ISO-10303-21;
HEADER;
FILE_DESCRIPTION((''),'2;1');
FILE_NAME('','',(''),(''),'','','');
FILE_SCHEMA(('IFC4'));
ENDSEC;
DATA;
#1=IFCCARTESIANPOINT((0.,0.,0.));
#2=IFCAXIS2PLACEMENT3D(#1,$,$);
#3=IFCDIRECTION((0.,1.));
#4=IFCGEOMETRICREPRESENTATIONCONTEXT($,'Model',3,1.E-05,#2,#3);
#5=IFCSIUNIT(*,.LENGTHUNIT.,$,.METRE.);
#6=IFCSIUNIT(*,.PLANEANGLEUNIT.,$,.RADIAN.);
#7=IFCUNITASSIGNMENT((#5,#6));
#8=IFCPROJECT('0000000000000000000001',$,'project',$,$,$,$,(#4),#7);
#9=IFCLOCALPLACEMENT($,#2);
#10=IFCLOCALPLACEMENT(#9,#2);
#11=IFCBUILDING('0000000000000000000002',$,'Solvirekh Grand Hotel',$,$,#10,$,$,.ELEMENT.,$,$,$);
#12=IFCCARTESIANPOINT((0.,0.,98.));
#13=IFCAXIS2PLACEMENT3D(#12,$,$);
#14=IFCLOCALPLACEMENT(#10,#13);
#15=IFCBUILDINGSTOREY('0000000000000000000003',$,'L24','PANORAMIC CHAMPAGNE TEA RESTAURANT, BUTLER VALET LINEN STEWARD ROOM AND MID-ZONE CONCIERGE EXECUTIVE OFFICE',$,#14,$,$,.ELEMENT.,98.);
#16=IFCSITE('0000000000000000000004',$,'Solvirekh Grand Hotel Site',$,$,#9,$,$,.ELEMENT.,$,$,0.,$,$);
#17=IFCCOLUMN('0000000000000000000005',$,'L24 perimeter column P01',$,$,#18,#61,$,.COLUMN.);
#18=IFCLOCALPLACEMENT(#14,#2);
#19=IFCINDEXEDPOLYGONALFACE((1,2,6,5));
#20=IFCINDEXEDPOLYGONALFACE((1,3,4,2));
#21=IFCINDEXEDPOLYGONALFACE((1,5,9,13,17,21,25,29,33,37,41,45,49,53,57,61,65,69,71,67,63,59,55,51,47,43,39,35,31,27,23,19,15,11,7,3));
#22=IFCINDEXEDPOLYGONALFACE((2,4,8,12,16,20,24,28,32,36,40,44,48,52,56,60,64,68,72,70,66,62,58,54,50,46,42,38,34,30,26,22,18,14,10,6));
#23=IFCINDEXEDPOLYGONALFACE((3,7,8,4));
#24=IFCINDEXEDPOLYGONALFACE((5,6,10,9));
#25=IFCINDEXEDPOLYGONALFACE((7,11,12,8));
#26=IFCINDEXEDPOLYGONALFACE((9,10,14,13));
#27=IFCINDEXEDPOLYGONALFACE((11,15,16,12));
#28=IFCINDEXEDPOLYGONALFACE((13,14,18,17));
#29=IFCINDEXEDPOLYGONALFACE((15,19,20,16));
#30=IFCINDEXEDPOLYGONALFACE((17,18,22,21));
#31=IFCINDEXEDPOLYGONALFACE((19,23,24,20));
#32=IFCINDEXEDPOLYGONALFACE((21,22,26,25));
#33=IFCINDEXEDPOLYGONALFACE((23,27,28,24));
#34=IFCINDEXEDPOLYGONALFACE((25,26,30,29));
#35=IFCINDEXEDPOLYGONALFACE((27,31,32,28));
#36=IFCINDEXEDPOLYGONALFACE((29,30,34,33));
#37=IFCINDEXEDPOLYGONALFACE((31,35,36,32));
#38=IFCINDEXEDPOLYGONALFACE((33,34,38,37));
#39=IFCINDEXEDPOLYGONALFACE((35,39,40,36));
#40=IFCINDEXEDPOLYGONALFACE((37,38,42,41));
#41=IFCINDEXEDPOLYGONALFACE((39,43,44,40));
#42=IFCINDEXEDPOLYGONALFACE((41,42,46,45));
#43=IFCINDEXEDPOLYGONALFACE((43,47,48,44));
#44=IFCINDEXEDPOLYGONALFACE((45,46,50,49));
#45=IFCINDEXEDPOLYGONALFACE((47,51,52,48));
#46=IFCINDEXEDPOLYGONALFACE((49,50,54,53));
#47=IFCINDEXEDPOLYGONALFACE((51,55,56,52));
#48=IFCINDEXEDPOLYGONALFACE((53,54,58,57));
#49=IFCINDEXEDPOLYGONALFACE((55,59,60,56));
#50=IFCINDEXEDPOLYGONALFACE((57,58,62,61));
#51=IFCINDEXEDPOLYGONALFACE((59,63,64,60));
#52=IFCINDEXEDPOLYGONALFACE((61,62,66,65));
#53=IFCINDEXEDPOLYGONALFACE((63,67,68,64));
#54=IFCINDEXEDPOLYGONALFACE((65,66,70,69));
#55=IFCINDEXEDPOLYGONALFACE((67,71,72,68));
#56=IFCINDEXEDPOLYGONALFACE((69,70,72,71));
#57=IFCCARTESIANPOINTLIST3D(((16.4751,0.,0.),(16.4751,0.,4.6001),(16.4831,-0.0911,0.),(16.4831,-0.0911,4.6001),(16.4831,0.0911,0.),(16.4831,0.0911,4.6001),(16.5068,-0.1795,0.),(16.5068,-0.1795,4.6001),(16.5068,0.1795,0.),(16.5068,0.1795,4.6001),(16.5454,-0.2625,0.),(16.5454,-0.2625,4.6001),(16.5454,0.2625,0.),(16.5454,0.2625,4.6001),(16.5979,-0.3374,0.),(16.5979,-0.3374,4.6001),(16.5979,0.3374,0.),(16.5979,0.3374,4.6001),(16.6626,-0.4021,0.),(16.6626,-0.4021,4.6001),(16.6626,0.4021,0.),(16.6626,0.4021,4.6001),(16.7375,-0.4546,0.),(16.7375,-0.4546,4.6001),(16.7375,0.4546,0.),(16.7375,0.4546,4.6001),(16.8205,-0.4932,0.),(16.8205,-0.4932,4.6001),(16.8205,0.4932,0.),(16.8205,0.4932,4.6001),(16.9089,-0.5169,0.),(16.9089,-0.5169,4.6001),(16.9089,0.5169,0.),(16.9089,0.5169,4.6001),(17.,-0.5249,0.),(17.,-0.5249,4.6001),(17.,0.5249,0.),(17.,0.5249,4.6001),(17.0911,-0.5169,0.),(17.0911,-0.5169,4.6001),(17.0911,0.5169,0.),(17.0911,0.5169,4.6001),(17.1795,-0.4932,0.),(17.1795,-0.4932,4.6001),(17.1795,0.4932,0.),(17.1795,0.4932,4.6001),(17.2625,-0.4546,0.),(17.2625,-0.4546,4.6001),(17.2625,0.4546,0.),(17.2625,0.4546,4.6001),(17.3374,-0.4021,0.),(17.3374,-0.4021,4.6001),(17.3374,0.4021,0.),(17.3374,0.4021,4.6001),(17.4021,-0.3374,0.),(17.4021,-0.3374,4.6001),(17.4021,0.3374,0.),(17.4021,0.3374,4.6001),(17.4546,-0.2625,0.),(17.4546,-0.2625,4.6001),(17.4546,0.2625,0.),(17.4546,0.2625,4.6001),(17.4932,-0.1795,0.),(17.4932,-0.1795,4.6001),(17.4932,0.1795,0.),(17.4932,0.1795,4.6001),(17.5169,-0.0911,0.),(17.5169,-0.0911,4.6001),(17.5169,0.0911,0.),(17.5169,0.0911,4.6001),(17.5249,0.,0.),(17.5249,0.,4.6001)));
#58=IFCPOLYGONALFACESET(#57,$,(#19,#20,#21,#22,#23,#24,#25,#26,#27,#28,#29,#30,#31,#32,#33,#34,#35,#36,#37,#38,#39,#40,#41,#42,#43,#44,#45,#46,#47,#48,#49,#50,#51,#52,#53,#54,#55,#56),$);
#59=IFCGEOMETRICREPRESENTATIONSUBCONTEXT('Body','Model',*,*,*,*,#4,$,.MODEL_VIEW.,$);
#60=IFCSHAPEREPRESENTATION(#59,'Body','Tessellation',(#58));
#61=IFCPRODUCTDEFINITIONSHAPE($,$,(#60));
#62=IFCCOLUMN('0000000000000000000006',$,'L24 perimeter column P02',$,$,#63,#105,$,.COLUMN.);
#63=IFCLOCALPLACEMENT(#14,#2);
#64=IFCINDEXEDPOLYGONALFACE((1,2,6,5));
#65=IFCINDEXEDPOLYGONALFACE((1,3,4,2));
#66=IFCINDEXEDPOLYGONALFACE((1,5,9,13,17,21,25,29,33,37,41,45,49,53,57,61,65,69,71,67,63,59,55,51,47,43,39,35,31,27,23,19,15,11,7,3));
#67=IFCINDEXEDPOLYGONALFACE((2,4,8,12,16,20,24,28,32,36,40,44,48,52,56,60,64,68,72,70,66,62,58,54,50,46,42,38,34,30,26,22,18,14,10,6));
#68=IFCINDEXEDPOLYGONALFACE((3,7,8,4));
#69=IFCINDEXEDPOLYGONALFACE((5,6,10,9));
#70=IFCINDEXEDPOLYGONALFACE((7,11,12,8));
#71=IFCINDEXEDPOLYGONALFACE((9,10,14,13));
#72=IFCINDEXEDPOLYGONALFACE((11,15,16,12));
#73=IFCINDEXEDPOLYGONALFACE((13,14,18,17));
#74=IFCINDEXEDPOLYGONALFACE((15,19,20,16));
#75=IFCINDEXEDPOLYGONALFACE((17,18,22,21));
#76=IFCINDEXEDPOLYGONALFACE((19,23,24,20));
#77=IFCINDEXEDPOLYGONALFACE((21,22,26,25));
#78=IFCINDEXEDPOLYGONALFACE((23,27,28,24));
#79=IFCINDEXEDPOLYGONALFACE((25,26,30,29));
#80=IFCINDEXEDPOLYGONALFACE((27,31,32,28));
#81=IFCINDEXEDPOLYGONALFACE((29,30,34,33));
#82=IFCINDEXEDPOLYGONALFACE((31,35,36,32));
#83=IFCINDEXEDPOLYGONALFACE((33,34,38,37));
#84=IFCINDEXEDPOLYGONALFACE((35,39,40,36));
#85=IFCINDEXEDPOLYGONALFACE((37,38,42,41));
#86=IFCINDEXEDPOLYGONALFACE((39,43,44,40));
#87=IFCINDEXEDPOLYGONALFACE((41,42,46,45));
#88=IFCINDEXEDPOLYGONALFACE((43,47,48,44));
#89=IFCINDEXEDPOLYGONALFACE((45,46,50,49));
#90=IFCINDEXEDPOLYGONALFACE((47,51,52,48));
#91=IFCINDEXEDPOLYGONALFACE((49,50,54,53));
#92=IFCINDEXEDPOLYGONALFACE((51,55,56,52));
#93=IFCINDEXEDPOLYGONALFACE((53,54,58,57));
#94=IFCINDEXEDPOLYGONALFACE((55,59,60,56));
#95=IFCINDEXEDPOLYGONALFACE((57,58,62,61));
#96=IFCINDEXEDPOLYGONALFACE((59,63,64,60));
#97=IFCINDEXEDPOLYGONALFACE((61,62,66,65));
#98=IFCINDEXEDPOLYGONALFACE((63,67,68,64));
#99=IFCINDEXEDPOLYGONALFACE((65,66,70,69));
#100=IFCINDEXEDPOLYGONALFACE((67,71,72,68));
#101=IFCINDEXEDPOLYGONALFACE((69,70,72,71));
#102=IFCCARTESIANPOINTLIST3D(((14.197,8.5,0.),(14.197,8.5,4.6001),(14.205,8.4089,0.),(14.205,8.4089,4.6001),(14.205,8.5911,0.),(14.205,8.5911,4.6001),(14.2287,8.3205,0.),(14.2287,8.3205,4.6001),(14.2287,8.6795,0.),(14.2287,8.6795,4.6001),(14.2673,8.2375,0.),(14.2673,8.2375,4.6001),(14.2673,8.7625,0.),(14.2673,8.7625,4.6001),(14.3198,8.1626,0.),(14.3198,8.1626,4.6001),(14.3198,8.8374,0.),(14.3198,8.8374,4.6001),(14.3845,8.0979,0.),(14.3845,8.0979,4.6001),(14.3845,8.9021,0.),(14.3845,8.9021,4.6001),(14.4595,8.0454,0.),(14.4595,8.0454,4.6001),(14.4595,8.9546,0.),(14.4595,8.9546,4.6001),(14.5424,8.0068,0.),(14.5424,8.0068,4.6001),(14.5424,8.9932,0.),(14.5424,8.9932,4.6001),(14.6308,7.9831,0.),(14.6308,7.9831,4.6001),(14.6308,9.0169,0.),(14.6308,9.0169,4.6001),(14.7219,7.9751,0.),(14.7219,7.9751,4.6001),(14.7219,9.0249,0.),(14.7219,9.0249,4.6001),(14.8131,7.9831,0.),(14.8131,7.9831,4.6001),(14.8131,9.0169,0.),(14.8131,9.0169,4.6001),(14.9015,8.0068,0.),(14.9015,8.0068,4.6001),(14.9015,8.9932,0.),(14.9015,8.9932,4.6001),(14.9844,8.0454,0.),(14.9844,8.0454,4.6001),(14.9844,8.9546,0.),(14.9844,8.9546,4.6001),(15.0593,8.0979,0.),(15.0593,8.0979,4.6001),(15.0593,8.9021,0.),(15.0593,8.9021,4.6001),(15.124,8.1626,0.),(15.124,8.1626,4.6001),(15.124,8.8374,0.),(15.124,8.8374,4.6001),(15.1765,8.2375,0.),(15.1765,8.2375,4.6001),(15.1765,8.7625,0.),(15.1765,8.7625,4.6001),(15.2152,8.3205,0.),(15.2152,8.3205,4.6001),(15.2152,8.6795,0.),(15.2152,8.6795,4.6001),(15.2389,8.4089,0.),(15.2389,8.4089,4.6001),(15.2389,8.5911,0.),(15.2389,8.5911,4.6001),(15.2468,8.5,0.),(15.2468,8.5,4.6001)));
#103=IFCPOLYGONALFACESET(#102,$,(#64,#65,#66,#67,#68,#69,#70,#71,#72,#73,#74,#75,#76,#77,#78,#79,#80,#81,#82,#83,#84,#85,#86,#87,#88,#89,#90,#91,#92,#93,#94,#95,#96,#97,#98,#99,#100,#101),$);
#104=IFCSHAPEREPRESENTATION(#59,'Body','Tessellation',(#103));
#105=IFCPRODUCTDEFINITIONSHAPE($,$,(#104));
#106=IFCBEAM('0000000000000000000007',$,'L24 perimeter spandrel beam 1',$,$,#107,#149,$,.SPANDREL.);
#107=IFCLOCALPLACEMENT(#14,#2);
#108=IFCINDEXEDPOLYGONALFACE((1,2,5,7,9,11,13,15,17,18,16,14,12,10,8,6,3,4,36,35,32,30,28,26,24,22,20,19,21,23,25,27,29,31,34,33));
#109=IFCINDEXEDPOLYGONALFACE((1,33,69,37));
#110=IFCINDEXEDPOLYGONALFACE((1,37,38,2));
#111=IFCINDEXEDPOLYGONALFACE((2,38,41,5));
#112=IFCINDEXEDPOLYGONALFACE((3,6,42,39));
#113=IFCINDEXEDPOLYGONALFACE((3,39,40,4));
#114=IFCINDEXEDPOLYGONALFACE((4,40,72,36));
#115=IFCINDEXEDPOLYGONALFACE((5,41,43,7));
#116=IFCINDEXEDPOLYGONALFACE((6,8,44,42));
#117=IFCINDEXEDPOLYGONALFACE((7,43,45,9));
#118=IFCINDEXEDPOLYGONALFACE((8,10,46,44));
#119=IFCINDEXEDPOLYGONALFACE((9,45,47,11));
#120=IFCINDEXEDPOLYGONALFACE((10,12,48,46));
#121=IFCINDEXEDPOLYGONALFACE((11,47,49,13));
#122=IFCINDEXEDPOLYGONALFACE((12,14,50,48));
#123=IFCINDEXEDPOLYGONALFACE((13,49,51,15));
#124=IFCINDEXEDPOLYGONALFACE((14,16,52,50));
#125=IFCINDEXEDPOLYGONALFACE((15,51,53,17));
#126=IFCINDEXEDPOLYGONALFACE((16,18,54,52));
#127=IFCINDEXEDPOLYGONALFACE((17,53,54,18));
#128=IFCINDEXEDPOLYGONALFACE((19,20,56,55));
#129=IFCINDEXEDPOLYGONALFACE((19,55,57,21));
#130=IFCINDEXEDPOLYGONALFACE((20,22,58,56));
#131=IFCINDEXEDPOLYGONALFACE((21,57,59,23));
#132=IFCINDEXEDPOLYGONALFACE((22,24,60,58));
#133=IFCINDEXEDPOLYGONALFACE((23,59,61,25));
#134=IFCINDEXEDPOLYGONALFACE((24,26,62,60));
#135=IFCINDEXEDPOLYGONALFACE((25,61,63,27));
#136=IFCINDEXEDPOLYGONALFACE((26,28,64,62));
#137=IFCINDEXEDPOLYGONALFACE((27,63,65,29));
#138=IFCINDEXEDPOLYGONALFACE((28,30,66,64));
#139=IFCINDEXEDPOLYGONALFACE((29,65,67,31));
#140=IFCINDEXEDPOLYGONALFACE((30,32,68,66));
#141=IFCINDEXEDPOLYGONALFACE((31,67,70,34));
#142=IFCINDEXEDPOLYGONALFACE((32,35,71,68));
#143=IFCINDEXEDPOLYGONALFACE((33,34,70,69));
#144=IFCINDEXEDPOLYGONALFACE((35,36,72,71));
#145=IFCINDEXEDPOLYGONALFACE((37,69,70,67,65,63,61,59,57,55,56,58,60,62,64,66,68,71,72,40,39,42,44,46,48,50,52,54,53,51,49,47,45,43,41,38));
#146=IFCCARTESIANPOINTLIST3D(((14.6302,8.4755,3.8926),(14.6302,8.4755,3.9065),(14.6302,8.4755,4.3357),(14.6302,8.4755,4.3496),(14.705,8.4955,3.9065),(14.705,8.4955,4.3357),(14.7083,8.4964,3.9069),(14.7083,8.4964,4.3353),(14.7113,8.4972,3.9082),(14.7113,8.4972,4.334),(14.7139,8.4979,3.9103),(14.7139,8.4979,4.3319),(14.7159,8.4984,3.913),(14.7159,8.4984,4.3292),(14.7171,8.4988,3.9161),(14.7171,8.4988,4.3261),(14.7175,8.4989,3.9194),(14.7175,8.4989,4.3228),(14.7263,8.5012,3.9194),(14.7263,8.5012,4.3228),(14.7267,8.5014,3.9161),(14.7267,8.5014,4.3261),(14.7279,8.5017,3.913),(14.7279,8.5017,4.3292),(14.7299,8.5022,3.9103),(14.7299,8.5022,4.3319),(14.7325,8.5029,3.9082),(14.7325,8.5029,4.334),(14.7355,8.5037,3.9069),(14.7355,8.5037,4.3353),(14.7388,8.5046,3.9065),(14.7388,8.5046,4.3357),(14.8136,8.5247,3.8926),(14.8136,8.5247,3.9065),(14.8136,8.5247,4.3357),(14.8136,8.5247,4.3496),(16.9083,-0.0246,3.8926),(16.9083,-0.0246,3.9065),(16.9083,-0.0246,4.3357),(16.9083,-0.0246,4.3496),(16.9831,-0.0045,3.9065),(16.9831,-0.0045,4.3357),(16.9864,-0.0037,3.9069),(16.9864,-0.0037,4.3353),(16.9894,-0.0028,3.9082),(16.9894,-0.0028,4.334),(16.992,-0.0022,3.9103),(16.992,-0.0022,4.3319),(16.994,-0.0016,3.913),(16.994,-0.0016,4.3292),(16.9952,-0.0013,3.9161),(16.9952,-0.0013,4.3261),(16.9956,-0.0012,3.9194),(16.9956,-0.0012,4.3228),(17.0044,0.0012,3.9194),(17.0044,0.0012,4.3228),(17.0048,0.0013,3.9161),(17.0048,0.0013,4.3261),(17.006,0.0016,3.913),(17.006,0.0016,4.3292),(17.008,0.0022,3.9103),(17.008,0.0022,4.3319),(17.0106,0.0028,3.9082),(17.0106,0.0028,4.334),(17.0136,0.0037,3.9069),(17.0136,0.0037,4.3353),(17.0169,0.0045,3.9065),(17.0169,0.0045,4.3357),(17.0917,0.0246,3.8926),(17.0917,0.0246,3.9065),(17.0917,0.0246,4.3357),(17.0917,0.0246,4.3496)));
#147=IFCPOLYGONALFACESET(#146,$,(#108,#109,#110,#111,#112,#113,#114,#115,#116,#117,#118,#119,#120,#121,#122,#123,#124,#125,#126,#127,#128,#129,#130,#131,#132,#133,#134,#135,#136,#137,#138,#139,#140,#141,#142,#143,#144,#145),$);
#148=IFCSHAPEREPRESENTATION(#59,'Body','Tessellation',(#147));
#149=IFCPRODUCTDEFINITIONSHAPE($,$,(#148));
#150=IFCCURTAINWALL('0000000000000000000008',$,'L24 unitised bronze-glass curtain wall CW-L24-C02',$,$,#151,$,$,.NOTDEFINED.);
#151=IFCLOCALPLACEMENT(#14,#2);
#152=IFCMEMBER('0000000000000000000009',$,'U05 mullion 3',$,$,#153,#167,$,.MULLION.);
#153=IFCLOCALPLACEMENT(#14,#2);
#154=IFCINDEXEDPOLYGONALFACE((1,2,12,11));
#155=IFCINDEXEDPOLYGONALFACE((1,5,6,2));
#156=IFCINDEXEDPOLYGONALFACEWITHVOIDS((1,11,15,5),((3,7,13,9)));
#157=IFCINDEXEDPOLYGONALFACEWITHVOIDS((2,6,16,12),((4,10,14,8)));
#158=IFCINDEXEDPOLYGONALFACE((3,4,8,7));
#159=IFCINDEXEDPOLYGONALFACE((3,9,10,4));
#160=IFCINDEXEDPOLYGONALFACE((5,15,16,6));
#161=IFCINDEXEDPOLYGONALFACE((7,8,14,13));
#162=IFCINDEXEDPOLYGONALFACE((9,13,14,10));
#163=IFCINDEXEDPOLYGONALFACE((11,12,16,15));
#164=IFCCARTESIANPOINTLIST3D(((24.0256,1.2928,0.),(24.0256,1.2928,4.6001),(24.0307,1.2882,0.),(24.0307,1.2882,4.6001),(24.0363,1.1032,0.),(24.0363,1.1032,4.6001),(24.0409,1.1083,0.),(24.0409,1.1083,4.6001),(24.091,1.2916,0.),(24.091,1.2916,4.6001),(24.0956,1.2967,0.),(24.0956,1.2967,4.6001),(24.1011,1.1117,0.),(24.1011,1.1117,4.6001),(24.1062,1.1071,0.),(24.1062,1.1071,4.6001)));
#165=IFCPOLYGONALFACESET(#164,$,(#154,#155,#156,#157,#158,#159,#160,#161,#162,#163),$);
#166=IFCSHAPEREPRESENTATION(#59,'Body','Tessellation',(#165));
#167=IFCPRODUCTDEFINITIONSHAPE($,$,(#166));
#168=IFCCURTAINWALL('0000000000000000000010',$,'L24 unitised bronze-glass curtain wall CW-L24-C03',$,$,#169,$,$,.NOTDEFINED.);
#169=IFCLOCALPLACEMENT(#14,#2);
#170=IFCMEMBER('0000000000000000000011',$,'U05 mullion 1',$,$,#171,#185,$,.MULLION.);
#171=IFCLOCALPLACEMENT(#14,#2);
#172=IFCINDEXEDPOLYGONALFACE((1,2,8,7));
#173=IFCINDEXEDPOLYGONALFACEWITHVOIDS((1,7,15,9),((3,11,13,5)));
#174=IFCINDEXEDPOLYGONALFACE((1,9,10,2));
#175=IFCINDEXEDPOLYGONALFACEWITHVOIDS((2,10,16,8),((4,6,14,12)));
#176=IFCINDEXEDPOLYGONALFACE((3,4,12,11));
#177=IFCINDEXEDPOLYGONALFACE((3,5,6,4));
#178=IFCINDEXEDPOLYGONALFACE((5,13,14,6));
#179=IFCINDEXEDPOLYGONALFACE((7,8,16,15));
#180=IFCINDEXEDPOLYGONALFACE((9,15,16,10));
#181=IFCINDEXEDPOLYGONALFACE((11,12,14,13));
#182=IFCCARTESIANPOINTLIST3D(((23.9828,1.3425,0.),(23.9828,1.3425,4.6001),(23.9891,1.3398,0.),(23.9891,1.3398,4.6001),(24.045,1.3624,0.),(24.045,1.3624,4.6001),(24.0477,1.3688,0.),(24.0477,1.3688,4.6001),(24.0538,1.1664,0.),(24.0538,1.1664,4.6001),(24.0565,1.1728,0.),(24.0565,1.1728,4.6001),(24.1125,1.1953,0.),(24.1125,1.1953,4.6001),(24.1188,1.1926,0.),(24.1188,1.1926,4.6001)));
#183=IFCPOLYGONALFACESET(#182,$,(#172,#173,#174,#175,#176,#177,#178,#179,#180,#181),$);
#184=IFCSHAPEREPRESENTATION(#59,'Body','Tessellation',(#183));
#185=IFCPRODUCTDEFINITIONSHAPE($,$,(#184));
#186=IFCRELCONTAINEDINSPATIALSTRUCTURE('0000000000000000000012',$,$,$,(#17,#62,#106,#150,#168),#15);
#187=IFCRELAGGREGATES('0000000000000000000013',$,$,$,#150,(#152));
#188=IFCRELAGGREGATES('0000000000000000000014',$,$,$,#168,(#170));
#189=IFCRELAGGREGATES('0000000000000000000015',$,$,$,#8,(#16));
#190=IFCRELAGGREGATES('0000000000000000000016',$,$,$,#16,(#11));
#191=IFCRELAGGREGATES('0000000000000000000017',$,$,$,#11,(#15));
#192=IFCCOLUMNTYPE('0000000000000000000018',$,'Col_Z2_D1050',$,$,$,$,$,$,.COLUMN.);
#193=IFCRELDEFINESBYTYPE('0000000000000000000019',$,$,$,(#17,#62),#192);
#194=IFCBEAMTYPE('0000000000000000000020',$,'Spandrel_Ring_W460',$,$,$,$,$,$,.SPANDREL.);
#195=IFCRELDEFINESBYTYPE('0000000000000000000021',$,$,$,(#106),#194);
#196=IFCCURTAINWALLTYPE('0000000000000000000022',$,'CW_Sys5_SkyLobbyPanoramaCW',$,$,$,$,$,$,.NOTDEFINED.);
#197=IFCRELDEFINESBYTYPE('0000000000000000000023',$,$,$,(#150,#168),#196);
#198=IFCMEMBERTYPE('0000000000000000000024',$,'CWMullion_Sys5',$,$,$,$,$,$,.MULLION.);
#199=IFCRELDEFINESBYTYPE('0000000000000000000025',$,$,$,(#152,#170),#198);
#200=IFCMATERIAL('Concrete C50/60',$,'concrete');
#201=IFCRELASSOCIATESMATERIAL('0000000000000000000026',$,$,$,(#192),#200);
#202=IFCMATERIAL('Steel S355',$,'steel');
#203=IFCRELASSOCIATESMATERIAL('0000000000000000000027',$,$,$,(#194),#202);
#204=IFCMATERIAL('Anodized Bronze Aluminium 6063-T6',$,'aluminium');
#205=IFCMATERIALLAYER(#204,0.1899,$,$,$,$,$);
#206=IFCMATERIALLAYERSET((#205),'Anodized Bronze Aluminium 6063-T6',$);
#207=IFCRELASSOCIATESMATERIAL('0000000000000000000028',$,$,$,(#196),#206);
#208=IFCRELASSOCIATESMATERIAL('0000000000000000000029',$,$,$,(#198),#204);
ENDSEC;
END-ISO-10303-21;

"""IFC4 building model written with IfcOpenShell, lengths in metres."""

from ifc_helpers import new_model, si_unit, direction, frame, origin, origin_2d, place, context, subcontext, project, spatial, hollow_rectangle, circle, i_section, extrude, source, transform, mapped, material, layer, layer_set, material_profile, profile_set, type_object, element, aggregate, save


model = new_model("IFC4")

# Units and contexts
model_context = context("Model", 3, precision=1e-05, world=origin(), true_north=direction((0.0, 1.0)))
body_context = subcontext(model_context, "Body", "Model", "MODEL_VIEW")
ifc_project = project(units=[si_unit("LENGTHUNIT", "METRE"), si_unit("PLANEANGLEUNIT", "RADIAN")], contexts=[model_context])

# Site, building, storey
site_placement = place(None, origin())
site = spatial("IfcSite", under=ifc_project, at=site_placement, Name="Solvirekh Grand Hotel Site", CompositionType="ELEMENT", RefElevation=0.0)
building_placement = place(site_placement, origin())
building = spatial("IfcBuilding", under=site, at=building_placement, Name="Solvirekh Grand Hotel", CompositionType="ELEMENT")
storey_placement = place(building_placement, frame((0.0, 0.0, 98.0)))
storey = spatial("IfcBuildingStorey", under=building, at=storey_placement, Name="L24", Description="PANORAMIC CHAMPAGNE TEA RESTAURANT, BUTLER VALET LINEN STEWARD ROOM AND MID-ZONE CONCIERGE EXECUTIVE OFFICE", CompositionType="ELEMENT", Elevation=98.0)

# Columns
ifc_material_1 = material(Name="Concrete C50/60", Category="concrete")
ifc_material_profile_1 = material_profile(ifc_material_1, circle(Radius=0.5249, at=origin_2d()), Name="RC CIRC D1050")
ifc_profile_set_1 = profile_set([ifc_material_profile_1], Name="Concrete C50/60")
column_type = type_object("IfcColumnType", Name="Col_Z2_D1050", PredefinedType="COLUMN", material=ifc_profile_set_1)
for number, where, z_axis, x_axis, name in (
    (1, (17.0, 0.0, 0.0), (0.0, 0.0, 1.0), (1.0, 0.0, 0.0), "L24 perimeter column P01"),
    (2, (14.7219, 8.5, 0.0), (0.0, 0.0, 1.0), (1.0, 0.0, 0.0), "L24 perimeter column P02"),
):
    element("IfcColumn", number, at=place(storey_placement, frame(where, z_axis=z_axis, x_axis=x_axis)), inside=storey, type_object=column_type, Name=name, PredefinedType="COLUMN", context=body_context, shape_type="SweptSolid", body=[
        extrude(circle(Radius=0.5249, at=origin_2d()), origin(), (0.0, 0.0, 1.0), 4.6001),
    ])

# Beam
ifc_material_2 = material(Name="Steel S355", Category="steel")
ifc_material_profile_2 = material_profile(ifc_material_2, i_section(OverallWidth=0.1899, OverallDepth=0.457, WebThickness=0.009, FlangeThickness=0.0139, FilletRadius=0.0129, at=origin_2d()), Name="W460X74")
ifc_profile_set_2 = profile_set([ifc_material_profile_2], Name="Steel S355")
beam_type = type_object("IfcBeamType", Name="Spandrel_Ring_W460", PredefinedType="SPANDREL", material=ifc_profile_set_2)
beam_placement = place(storey_placement, frame((17.0, 0.0, 4.1211), z_axis=(-0.258873, 0.965911, 0.0), x_axis=(-0.965911, -0.258873, 0.0)))
element("IfcBeam", 3, at=beam_placement, inside=storey, type_object=beam_type, Name="L24 perimeter spandrel beam 1", PredefinedType="SPANDREL", context=body_context, shape_type="SweptSolid", body=[
    extrude(i_section(OverallWidth=0.1899, OverallDepth=0.457, WebThickness=0.009, FlangeThickness=0.0139, FilletRadius=0.0129, at=origin_2d()), origin(), (0.0, 0.0, 1.0), 8.8),
])

# Curtain wall, member
ifc_material_3 = material(Name="Anodized Bronze Aluminium 6063-T6", Category="aluminium")
ifc_layer_1 = layer(ifc_material_3, 0.1899)
ifc_layer_set_1 = layer_set([ifc_layer_1], Name="Anodized Bronze Aluminium 6063-T6")
curtain_wall_type = type_object("IfcCurtainWallType", Name="CW_Sys5_SkyLobbyPanoramaCW", PredefinedType="NOTDEFINED", material=ifc_layer_set_1)
curtain_wall_1_placement = place(storey_placement, origin())
curtain_wall_1 = element("IfcCurtainWall", 4, at=curtain_wall_1_placement, inside=storey, type_object=curtain_wall_type, Name="L24 unitised bronze-glass curtain wall CW-L24-C02", PredefinedType="NOTDEFINED")
ifc_material_profile_3 = material_profile(ifc_material_3, hollow_rectangle(XDim=0.0701, YDim=0.1899, WallThickness=0.0049, at=origin_2d()), Name="ALU RHS 190X70X5")
ifc_profile_set_3 = profile_set([ifc_material_profile_3], Name="Anodized Bronze Aluminium 6063-T6")
member_type_1 = type_object("IfcMemberType", Name="CWMullion_Sys5", PredefinedType="MULLION", material=ifc_profile_set_3)
shared_shape_1 = source(origin(), body_context, "Body", "SweptSolid", [
    extrude(hollow_rectangle(XDim=0.0701, YDim=0.1899, WallThickness=0.0049, at=origin_2d()), origin(), (0.0, 0.0, 1.0), 4.6001),
])
member_1_placement = place(storey_placement, frame((24.0659, 1.2, 0.0), z_axis=(0.0, 0.0, 1.0), x_axis=(-0.998416, -0.056257, 0.0)))
member_1 = element("IfcMember", 5, at=member_1_placement, type_object=member_type_1, Name="U05 mullion 3", PredefinedType="MULLION", context=body_context, shape_type="MappedRepresentation", body=[
    mapped(shared_shape_1, transform((0.0, 0.0, 0.0), x_axis=(1.0, 0.0, 0.0), y_axis=(0.0, 1.0, 0.0), z_axis=(0.0, 0.0, 1.0), scale=1.0)),
])

# Curtain wall, member
curtain_wall_2_placement = place(storey_placement, origin())
curtain_wall_2 = element("IfcCurtainWall", 6, at=curtain_wall_2_placement, inside=storey, type_object=curtain_wall_type, Name="L24 unitised bronze-glass curtain wall CW-L24-C03", PredefinedType="NOTDEFINED")
member_2_placement = place(storey_placement, frame((24.0508, 1.2676, 0.0), z_axis=(0.0, 0.0, 1.0), x_axis=(-0.927328, -0.37425, 0.0)))
member_2 = element("IfcMember", 7, at=member_2_placement, type_object=member_type_1, Name="U05 mullion 1", PredefinedType="MULLION", context=body_context, shape_type="MappedRepresentation", body=[
    mapped(shared_shape_1, transform((0.0, 0.0, 0.0), x_axis=(1.0, 0.0, 0.0), y_axis=(0.0, 1.0, 0.0), z_axis=(0.0, 0.0, 1.0), scale=1.0)),
])

aggregate(curtain_wall_1, [member_1])
aggregate(curtain_wall_2, [member_2])

save(model, "model.ifc")
